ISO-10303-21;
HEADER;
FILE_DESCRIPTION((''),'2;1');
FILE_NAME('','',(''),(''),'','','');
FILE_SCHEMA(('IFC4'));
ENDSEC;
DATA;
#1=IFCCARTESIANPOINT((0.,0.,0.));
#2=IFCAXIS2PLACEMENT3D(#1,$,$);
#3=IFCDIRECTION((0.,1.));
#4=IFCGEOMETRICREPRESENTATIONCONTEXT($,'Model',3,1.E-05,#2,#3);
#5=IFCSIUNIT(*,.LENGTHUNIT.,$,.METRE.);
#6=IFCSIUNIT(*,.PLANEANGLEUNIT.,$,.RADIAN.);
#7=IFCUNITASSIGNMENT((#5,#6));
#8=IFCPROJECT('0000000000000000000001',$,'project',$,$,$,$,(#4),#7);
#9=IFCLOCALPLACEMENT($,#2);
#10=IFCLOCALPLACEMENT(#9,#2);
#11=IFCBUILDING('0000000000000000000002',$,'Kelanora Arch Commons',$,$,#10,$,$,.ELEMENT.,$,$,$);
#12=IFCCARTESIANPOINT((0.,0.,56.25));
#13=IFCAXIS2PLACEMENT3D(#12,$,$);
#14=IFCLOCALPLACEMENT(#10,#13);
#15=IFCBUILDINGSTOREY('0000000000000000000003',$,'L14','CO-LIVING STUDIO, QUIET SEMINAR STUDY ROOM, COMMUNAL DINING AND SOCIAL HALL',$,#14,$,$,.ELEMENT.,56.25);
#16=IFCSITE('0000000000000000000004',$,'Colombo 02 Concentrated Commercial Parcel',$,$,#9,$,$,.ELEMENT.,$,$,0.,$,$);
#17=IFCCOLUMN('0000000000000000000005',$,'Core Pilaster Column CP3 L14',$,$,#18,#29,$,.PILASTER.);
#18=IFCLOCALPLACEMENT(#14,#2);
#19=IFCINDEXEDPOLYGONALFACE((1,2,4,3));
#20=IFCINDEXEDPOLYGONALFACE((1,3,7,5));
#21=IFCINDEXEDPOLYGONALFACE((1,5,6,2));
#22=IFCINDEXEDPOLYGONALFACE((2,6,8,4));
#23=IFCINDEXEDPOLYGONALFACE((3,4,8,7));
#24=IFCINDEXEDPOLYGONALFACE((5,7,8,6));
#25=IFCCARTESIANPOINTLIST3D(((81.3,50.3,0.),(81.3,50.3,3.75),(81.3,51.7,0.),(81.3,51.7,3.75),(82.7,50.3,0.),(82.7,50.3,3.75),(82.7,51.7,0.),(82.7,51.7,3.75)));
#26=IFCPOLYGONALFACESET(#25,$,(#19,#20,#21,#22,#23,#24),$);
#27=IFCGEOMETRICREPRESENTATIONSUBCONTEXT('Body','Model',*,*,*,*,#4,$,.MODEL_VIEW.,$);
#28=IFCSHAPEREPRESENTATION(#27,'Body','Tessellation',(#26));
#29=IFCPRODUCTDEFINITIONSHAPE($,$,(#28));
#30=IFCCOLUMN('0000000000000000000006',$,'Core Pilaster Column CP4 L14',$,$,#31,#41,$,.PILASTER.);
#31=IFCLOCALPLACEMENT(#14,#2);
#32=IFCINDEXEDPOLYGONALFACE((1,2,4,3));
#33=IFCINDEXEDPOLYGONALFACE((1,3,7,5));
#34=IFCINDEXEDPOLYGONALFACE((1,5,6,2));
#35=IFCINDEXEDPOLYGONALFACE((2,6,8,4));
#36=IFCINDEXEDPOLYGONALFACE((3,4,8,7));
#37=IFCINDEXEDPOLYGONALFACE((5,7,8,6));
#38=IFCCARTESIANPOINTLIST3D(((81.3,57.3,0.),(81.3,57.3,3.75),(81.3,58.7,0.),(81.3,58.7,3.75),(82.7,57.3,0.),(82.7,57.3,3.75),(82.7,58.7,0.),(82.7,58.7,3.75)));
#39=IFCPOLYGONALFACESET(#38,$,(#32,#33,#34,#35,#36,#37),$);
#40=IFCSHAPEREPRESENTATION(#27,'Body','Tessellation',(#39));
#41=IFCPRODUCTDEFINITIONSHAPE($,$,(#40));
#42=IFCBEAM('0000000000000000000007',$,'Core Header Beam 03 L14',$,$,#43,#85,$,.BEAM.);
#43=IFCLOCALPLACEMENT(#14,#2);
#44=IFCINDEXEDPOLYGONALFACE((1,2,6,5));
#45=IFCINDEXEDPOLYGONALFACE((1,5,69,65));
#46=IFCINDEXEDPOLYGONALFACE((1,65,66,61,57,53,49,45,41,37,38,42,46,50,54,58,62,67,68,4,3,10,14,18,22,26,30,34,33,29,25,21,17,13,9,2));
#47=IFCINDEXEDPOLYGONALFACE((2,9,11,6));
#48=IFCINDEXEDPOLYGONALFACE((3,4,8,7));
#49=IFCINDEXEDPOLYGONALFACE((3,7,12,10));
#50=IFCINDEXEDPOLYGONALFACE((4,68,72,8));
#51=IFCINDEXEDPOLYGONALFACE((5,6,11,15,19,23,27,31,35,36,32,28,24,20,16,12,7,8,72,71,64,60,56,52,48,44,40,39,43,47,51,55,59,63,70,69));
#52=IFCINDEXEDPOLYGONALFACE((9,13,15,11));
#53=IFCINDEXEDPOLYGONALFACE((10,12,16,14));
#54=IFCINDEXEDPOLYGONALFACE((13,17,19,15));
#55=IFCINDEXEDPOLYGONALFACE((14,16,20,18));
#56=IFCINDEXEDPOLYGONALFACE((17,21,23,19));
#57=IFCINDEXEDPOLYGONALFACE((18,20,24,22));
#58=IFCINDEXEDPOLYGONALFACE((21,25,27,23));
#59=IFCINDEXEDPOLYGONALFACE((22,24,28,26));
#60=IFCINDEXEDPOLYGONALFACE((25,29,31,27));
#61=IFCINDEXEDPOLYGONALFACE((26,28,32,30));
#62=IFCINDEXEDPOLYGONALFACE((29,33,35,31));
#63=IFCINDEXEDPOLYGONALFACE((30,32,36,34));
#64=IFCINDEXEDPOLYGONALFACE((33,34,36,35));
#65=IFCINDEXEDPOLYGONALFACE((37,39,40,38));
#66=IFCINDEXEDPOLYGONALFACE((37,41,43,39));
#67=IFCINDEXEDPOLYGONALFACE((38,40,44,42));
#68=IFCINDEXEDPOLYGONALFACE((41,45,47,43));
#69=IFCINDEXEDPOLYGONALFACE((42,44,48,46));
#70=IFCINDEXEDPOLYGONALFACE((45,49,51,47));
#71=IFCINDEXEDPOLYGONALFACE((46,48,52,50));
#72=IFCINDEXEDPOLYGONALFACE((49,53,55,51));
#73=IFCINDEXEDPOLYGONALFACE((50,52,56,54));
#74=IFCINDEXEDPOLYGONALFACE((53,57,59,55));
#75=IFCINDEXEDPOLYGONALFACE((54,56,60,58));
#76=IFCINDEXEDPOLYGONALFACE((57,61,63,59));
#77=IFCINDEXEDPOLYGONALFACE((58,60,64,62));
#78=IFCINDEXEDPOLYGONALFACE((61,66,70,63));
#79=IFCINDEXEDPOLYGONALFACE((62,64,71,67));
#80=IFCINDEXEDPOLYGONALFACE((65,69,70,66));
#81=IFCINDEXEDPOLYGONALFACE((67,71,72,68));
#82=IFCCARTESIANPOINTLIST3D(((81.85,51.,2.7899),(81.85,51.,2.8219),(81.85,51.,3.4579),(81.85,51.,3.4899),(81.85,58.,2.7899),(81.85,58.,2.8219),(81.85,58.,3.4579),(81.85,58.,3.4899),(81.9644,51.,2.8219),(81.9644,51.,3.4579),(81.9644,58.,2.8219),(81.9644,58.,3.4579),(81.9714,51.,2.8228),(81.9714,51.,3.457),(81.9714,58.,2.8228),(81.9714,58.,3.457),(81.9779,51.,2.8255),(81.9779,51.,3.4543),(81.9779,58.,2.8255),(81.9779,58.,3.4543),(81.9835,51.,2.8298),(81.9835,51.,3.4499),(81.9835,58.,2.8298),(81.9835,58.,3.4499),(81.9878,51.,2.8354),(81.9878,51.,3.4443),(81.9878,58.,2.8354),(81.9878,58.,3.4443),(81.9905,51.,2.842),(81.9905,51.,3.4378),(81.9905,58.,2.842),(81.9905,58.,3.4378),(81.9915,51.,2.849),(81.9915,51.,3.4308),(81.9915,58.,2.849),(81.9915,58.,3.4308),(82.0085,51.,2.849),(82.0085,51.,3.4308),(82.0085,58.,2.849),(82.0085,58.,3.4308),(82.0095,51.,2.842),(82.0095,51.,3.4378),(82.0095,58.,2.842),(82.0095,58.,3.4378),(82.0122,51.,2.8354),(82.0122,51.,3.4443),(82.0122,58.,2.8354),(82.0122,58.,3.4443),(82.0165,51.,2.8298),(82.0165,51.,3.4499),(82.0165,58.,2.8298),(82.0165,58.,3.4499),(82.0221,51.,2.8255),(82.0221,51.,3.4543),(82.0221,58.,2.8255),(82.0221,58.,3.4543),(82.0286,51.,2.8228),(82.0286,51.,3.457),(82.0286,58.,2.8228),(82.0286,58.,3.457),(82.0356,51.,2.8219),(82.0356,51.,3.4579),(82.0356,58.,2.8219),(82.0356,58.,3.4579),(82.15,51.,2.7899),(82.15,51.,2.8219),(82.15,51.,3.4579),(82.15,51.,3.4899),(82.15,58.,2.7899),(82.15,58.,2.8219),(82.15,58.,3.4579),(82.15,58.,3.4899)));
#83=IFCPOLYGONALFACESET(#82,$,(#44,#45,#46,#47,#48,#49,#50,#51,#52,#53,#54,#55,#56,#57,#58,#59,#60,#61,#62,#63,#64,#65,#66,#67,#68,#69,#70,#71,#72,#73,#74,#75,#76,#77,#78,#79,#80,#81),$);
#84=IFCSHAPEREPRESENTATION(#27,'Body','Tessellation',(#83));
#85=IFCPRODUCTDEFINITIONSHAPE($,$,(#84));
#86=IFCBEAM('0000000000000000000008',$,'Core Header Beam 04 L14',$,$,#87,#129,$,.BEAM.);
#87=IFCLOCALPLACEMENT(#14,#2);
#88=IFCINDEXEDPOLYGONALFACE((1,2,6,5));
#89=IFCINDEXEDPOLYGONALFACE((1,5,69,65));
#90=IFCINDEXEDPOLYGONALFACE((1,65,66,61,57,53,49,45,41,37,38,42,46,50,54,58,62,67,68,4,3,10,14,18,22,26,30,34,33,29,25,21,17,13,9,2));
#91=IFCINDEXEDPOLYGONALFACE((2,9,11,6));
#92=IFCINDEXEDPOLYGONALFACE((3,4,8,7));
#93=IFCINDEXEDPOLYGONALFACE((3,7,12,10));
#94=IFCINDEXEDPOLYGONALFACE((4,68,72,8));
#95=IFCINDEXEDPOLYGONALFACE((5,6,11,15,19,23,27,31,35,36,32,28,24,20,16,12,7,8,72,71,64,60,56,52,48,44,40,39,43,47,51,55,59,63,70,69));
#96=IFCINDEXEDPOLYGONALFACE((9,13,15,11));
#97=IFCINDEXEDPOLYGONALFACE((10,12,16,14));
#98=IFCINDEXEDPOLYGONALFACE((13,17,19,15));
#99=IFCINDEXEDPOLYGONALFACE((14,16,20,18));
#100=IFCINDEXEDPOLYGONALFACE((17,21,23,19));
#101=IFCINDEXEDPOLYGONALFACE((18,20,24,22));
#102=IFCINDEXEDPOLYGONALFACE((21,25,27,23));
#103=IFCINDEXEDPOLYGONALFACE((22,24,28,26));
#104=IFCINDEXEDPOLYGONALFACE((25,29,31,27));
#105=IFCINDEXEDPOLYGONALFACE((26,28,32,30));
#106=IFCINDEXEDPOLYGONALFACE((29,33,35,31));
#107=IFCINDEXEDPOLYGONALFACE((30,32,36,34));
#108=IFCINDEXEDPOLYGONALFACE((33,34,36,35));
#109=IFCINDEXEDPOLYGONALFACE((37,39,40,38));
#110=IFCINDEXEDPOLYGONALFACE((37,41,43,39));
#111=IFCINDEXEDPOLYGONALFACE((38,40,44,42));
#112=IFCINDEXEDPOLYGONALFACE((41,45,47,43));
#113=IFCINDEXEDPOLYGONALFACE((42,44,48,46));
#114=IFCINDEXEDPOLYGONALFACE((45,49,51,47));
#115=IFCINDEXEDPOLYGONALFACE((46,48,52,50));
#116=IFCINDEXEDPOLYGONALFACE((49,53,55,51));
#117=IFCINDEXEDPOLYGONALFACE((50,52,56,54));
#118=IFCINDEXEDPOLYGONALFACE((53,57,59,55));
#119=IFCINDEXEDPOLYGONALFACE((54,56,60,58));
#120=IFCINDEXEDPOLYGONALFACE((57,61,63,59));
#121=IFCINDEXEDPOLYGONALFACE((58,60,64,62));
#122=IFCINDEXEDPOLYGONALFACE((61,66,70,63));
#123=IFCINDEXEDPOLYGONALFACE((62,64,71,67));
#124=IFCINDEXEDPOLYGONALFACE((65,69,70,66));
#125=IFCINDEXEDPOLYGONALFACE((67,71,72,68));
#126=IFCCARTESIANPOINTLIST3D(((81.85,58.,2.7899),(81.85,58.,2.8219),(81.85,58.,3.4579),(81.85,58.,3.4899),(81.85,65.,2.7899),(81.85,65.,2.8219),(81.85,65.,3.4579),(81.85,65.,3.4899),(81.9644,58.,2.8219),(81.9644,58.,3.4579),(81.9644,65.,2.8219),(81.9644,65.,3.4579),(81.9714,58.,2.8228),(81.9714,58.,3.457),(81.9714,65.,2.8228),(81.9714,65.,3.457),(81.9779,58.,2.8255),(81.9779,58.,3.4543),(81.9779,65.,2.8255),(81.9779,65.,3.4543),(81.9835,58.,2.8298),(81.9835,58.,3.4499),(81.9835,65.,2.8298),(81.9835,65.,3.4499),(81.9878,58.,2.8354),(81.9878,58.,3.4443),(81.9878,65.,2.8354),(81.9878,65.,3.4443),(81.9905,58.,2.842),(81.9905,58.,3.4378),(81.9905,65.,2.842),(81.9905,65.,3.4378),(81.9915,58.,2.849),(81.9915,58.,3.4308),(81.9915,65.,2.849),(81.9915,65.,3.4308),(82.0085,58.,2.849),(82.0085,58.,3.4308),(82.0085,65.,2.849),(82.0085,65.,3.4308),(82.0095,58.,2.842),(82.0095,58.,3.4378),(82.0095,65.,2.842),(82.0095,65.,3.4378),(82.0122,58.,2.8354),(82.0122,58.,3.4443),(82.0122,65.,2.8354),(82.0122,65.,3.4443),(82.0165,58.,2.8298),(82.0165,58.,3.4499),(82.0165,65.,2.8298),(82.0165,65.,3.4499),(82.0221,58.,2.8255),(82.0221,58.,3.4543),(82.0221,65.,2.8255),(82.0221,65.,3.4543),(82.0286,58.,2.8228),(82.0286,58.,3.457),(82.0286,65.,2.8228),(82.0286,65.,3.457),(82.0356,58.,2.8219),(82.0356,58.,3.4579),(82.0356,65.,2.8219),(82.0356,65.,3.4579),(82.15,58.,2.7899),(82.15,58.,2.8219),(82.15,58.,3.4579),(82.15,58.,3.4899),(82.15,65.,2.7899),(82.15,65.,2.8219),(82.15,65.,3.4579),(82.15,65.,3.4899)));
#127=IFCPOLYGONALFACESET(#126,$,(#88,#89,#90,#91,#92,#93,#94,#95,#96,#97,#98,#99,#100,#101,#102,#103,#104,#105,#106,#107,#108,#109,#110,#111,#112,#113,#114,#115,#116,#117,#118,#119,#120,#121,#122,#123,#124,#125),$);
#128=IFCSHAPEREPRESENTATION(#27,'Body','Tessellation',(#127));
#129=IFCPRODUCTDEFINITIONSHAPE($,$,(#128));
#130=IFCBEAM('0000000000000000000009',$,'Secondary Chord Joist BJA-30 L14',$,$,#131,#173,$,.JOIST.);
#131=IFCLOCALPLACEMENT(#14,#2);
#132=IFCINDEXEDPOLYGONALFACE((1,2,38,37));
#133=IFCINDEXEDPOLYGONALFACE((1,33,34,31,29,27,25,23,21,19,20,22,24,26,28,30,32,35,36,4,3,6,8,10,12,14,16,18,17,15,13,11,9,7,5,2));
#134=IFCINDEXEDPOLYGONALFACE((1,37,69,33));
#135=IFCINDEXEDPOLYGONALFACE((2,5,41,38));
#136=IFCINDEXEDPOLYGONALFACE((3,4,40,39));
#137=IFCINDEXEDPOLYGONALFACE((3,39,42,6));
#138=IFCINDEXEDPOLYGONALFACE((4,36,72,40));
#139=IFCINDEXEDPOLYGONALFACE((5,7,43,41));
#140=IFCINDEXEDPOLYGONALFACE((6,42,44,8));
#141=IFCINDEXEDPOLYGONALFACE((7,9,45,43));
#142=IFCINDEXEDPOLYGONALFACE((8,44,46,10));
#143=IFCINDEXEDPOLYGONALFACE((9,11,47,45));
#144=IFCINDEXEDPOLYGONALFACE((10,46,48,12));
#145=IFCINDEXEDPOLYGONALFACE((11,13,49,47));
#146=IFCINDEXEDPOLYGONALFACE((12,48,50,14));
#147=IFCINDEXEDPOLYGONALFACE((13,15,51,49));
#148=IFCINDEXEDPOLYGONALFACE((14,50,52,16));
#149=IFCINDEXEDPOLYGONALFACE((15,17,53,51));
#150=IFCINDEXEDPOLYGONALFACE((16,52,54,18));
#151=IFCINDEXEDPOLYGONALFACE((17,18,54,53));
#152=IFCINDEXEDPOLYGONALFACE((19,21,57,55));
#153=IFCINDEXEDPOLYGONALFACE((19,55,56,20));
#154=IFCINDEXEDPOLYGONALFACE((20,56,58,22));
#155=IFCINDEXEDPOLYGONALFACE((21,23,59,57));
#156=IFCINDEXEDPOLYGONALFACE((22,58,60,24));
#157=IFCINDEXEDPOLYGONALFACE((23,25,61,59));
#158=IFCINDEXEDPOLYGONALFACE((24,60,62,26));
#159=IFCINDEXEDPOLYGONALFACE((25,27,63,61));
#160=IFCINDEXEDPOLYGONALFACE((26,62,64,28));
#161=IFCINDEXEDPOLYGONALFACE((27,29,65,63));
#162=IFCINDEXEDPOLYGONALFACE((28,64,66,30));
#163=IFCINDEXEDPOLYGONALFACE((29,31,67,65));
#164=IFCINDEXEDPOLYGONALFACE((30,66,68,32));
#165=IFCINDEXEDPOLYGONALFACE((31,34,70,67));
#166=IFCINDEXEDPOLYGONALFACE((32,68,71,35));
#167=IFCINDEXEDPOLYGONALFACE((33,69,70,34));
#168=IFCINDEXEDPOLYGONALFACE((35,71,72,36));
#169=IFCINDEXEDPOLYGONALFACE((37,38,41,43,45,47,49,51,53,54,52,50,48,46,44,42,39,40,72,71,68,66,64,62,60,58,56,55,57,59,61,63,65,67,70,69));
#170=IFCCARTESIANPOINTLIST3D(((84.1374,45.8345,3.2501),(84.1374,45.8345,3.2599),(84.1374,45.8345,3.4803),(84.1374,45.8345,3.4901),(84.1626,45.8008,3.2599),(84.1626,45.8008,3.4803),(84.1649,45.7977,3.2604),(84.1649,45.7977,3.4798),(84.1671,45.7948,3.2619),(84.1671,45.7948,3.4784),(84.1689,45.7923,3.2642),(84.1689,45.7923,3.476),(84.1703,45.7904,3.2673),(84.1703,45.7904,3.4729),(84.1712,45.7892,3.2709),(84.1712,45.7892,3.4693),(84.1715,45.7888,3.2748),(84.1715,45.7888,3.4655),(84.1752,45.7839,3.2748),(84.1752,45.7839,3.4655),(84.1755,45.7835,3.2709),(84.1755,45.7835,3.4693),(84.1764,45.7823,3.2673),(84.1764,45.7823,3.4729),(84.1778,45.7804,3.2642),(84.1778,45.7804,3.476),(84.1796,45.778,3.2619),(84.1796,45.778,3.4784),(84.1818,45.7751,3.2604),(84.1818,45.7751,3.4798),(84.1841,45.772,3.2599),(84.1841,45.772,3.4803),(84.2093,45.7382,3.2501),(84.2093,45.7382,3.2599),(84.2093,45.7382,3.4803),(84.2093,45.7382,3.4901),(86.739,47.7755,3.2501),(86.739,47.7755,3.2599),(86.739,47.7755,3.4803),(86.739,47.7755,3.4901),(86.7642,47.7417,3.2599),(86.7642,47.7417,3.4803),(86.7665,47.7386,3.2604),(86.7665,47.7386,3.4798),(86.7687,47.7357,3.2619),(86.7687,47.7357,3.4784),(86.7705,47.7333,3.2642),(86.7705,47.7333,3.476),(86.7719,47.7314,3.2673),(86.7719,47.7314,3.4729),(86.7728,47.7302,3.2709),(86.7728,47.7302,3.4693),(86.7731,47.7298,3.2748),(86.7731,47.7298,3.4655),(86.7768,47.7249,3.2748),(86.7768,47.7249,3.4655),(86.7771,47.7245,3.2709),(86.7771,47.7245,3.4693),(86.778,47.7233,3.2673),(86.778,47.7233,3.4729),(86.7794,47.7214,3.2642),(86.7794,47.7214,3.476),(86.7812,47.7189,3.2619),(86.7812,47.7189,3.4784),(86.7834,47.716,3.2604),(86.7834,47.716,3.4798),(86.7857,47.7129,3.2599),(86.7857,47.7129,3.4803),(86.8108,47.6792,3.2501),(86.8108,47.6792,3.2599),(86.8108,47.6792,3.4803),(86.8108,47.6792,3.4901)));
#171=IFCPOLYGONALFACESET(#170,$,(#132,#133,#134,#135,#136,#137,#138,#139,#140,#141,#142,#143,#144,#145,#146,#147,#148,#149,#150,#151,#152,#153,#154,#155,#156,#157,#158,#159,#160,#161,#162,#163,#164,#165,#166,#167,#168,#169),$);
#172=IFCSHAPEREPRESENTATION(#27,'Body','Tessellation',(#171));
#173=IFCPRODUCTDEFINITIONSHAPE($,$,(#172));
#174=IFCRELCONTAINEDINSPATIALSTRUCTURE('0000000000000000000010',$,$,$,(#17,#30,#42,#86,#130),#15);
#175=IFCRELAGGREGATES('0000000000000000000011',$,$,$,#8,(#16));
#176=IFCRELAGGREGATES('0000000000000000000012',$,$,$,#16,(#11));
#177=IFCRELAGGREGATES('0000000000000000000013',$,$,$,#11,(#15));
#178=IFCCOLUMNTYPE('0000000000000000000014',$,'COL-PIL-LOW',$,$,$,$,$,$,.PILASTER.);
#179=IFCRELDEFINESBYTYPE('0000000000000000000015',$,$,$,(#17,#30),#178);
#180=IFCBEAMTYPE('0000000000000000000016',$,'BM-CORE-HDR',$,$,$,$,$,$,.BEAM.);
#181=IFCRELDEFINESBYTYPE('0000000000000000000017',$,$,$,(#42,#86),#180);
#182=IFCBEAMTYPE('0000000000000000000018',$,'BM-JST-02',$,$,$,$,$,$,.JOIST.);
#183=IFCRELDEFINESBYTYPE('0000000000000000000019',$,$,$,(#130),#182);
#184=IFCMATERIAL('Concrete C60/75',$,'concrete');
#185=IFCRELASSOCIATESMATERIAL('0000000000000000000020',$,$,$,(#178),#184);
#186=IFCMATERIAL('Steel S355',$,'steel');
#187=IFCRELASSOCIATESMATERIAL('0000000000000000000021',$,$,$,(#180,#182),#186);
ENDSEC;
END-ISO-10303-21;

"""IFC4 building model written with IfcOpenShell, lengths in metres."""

from ifc_helpers import new_model, si_unit, direction, frame, origin, origin_2d, place, context, subcontext, project, spatial, rectangle, i_section, extrude, material, material_profile, profile_set, type_object, element, save


model = new_model("IFC4")

# Units and contexts
model_context = context("Model", 3, precision=1e-05, world=origin(), true_north=direction((0.0, 1.0)))
body_context = subcontext(model_context, "Body", "Model", "MODEL_VIEW")
ifc_project = project(units=[si_unit("LENGTHUNIT", "METRE"), si_unit("PLANEANGLEUNIT", "RADIAN")], contexts=[model_context])

# Site, building, storey
site_placement = place(None, origin())
site = spatial("IfcSite", under=ifc_project, at=site_placement, Name="Colombo 02 Concentrated Commercial Parcel", CompositionType="ELEMENT", RefElevation=0.0)
building_placement = place(site_placement, origin())
building = spatial("IfcBuilding", under=site, at=building_placement, Name="Kelanora Arch Commons", CompositionType="ELEMENT")
storey_placement = place(building_placement, frame((0.0, 0.0, 56.25)))
storey = spatial("IfcBuildingStorey", under=building, at=storey_placement, Name="L14", Description="CO-LIVING STUDIO, QUIET SEMINAR STUDY ROOM, COMMUNAL DINING AND SOCIAL HALL", CompositionType="ELEMENT", Elevation=56.25)

# Columns
ifc_material_1 = material(Name="Concrete C60/75", Category="concrete")
ifc_material_profile_1 = material_profile(ifc_material_1, rectangle(XDim=1.3999, YDim=1.3999, at=origin_2d()), Name="RC1400x1400")
ifc_profile_set_1 = profile_set([ifc_material_profile_1], Name="Concrete C60/75")
column_type = type_object("IfcColumnType", Name="COL-PIL-LOW", PredefinedType="PILASTER", material=ifc_profile_set_1)
for number, where, z_axis, x_axis, name in (
    (1, (82.0, 51.0, 0.0), (0.0, 0.0, 1.0), (1.0, 0.0, 0.0), "Core Pilaster Column CP3 L14"),
    (2, (82.0, 58.0, 0.0), (0.0, 0.0, 1.0), (1.0, 0.0, 0.0), "Core Pilaster Column CP4 L14"),
):
    element("IfcColumn", number, at=place(storey_placement, frame(where, z_axis=z_axis, x_axis=x_axis)), inside=storey, type_object=column_type, Name=name, PredefinedType="PILASTER", context=body_context, shape_type="SweptSolid", body=[
        extrude(rectangle(XDim=1.3999, YDim=1.3999, at=origin_2d()), origin(), (0.0, 0.0, 1.0), 3.75),
    ])

# Beams
ifc_material_2 = material(Name="Steel S355", Category="steel")
ifc_material_profile_2 = material_profile(ifc_material_2, i_section(OverallWidth=0.3, OverallDepth=0.7, WebThickness=0.0171, FlangeThickness=0.032, FilletRadius=0.0271, at=origin_2d()), Name="HEB700")
ifc_profile_set_2 = profile_set([ifc_material_profile_2], Name="Steel S355")
beam_type_1 = type_object("IfcBeamType", Name="BM-CORE-HDR", PredefinedType="BEAM", material=ifc_profile_set_2)
for number, where, z_axis, x_axis, name in (
    (3, (82.0, 51.0, 3.1399), (0.0, 1.0, 0.0), (-1.0, 0.0, 0.0), "Core Header Beam 03 L14"),
    (4, (82.0, 58.0, 3.1399), (0.0, 1.0, 0.0), (-1.0, 0.0, 0.0), "Core Header Beam 04 L14"),
):
    element("IfcBeam", number, at=place(storey_placement, frame(where, z_axis=z_axis, x_axis=x_axis)), inside=storey, type_object=beam_type_1, Name=name, PredefinedType="BEAM", context=body_context, shape_type="SweptSolid", body=[
        extrude(i_section(OverallWidth=0.3, OverallDepth=0.7, WebThickness=0.0171, FlangeThickness=0.032, FilletRadius=0.0271, at=origin_2d()), origin(), (0.0, 0.0, 1.0), 7.0),
    ])
ifc_material_profile_3 = material_profile(ifc_material_2, i_section(OverallWidth=0.1201, OverallDepth=0.24, WebThickness=0.0061, FlangeThickness=0.0098, FilletRadius=0.0149, at=origin_2d()), Name="IPE240")
ifc_profile_set_3 = profile_set([ifc_material_profile_3], Name="Steel S355")
beam_type_2 = type_object("IfcBeamType", Name="BM-JST-02", PredefinedType="JOIST", material=ifc_profile_set_3)
beam_1_placement = place(storey_placement, frame((84.1733, 45.7864, 3.3701), z_axis=(0.801514, 0.597976, 0.0), x_axis=(-0.597976, 0.801514, 0.0)))
element("IfcBeam", 5, at=beam_1_placement, inside=storey, type_object=beam_type_2, Name="Secondary Chord Joist BJA-30 L14", PredefinedType="JOIST", context=body_context, shape_type="SweptSolid", body=[
    extrude(i_section(OverallWidth=0.1201, OverallDepth=0.24, WebThickness=0.0061, FlangeThickness=0.0098, FilletRadius=0.0149, at=origin_2d()), origin(), (0.0, 0.0, 1.0), 3.2458),
])

save(model, "model.ifc")
